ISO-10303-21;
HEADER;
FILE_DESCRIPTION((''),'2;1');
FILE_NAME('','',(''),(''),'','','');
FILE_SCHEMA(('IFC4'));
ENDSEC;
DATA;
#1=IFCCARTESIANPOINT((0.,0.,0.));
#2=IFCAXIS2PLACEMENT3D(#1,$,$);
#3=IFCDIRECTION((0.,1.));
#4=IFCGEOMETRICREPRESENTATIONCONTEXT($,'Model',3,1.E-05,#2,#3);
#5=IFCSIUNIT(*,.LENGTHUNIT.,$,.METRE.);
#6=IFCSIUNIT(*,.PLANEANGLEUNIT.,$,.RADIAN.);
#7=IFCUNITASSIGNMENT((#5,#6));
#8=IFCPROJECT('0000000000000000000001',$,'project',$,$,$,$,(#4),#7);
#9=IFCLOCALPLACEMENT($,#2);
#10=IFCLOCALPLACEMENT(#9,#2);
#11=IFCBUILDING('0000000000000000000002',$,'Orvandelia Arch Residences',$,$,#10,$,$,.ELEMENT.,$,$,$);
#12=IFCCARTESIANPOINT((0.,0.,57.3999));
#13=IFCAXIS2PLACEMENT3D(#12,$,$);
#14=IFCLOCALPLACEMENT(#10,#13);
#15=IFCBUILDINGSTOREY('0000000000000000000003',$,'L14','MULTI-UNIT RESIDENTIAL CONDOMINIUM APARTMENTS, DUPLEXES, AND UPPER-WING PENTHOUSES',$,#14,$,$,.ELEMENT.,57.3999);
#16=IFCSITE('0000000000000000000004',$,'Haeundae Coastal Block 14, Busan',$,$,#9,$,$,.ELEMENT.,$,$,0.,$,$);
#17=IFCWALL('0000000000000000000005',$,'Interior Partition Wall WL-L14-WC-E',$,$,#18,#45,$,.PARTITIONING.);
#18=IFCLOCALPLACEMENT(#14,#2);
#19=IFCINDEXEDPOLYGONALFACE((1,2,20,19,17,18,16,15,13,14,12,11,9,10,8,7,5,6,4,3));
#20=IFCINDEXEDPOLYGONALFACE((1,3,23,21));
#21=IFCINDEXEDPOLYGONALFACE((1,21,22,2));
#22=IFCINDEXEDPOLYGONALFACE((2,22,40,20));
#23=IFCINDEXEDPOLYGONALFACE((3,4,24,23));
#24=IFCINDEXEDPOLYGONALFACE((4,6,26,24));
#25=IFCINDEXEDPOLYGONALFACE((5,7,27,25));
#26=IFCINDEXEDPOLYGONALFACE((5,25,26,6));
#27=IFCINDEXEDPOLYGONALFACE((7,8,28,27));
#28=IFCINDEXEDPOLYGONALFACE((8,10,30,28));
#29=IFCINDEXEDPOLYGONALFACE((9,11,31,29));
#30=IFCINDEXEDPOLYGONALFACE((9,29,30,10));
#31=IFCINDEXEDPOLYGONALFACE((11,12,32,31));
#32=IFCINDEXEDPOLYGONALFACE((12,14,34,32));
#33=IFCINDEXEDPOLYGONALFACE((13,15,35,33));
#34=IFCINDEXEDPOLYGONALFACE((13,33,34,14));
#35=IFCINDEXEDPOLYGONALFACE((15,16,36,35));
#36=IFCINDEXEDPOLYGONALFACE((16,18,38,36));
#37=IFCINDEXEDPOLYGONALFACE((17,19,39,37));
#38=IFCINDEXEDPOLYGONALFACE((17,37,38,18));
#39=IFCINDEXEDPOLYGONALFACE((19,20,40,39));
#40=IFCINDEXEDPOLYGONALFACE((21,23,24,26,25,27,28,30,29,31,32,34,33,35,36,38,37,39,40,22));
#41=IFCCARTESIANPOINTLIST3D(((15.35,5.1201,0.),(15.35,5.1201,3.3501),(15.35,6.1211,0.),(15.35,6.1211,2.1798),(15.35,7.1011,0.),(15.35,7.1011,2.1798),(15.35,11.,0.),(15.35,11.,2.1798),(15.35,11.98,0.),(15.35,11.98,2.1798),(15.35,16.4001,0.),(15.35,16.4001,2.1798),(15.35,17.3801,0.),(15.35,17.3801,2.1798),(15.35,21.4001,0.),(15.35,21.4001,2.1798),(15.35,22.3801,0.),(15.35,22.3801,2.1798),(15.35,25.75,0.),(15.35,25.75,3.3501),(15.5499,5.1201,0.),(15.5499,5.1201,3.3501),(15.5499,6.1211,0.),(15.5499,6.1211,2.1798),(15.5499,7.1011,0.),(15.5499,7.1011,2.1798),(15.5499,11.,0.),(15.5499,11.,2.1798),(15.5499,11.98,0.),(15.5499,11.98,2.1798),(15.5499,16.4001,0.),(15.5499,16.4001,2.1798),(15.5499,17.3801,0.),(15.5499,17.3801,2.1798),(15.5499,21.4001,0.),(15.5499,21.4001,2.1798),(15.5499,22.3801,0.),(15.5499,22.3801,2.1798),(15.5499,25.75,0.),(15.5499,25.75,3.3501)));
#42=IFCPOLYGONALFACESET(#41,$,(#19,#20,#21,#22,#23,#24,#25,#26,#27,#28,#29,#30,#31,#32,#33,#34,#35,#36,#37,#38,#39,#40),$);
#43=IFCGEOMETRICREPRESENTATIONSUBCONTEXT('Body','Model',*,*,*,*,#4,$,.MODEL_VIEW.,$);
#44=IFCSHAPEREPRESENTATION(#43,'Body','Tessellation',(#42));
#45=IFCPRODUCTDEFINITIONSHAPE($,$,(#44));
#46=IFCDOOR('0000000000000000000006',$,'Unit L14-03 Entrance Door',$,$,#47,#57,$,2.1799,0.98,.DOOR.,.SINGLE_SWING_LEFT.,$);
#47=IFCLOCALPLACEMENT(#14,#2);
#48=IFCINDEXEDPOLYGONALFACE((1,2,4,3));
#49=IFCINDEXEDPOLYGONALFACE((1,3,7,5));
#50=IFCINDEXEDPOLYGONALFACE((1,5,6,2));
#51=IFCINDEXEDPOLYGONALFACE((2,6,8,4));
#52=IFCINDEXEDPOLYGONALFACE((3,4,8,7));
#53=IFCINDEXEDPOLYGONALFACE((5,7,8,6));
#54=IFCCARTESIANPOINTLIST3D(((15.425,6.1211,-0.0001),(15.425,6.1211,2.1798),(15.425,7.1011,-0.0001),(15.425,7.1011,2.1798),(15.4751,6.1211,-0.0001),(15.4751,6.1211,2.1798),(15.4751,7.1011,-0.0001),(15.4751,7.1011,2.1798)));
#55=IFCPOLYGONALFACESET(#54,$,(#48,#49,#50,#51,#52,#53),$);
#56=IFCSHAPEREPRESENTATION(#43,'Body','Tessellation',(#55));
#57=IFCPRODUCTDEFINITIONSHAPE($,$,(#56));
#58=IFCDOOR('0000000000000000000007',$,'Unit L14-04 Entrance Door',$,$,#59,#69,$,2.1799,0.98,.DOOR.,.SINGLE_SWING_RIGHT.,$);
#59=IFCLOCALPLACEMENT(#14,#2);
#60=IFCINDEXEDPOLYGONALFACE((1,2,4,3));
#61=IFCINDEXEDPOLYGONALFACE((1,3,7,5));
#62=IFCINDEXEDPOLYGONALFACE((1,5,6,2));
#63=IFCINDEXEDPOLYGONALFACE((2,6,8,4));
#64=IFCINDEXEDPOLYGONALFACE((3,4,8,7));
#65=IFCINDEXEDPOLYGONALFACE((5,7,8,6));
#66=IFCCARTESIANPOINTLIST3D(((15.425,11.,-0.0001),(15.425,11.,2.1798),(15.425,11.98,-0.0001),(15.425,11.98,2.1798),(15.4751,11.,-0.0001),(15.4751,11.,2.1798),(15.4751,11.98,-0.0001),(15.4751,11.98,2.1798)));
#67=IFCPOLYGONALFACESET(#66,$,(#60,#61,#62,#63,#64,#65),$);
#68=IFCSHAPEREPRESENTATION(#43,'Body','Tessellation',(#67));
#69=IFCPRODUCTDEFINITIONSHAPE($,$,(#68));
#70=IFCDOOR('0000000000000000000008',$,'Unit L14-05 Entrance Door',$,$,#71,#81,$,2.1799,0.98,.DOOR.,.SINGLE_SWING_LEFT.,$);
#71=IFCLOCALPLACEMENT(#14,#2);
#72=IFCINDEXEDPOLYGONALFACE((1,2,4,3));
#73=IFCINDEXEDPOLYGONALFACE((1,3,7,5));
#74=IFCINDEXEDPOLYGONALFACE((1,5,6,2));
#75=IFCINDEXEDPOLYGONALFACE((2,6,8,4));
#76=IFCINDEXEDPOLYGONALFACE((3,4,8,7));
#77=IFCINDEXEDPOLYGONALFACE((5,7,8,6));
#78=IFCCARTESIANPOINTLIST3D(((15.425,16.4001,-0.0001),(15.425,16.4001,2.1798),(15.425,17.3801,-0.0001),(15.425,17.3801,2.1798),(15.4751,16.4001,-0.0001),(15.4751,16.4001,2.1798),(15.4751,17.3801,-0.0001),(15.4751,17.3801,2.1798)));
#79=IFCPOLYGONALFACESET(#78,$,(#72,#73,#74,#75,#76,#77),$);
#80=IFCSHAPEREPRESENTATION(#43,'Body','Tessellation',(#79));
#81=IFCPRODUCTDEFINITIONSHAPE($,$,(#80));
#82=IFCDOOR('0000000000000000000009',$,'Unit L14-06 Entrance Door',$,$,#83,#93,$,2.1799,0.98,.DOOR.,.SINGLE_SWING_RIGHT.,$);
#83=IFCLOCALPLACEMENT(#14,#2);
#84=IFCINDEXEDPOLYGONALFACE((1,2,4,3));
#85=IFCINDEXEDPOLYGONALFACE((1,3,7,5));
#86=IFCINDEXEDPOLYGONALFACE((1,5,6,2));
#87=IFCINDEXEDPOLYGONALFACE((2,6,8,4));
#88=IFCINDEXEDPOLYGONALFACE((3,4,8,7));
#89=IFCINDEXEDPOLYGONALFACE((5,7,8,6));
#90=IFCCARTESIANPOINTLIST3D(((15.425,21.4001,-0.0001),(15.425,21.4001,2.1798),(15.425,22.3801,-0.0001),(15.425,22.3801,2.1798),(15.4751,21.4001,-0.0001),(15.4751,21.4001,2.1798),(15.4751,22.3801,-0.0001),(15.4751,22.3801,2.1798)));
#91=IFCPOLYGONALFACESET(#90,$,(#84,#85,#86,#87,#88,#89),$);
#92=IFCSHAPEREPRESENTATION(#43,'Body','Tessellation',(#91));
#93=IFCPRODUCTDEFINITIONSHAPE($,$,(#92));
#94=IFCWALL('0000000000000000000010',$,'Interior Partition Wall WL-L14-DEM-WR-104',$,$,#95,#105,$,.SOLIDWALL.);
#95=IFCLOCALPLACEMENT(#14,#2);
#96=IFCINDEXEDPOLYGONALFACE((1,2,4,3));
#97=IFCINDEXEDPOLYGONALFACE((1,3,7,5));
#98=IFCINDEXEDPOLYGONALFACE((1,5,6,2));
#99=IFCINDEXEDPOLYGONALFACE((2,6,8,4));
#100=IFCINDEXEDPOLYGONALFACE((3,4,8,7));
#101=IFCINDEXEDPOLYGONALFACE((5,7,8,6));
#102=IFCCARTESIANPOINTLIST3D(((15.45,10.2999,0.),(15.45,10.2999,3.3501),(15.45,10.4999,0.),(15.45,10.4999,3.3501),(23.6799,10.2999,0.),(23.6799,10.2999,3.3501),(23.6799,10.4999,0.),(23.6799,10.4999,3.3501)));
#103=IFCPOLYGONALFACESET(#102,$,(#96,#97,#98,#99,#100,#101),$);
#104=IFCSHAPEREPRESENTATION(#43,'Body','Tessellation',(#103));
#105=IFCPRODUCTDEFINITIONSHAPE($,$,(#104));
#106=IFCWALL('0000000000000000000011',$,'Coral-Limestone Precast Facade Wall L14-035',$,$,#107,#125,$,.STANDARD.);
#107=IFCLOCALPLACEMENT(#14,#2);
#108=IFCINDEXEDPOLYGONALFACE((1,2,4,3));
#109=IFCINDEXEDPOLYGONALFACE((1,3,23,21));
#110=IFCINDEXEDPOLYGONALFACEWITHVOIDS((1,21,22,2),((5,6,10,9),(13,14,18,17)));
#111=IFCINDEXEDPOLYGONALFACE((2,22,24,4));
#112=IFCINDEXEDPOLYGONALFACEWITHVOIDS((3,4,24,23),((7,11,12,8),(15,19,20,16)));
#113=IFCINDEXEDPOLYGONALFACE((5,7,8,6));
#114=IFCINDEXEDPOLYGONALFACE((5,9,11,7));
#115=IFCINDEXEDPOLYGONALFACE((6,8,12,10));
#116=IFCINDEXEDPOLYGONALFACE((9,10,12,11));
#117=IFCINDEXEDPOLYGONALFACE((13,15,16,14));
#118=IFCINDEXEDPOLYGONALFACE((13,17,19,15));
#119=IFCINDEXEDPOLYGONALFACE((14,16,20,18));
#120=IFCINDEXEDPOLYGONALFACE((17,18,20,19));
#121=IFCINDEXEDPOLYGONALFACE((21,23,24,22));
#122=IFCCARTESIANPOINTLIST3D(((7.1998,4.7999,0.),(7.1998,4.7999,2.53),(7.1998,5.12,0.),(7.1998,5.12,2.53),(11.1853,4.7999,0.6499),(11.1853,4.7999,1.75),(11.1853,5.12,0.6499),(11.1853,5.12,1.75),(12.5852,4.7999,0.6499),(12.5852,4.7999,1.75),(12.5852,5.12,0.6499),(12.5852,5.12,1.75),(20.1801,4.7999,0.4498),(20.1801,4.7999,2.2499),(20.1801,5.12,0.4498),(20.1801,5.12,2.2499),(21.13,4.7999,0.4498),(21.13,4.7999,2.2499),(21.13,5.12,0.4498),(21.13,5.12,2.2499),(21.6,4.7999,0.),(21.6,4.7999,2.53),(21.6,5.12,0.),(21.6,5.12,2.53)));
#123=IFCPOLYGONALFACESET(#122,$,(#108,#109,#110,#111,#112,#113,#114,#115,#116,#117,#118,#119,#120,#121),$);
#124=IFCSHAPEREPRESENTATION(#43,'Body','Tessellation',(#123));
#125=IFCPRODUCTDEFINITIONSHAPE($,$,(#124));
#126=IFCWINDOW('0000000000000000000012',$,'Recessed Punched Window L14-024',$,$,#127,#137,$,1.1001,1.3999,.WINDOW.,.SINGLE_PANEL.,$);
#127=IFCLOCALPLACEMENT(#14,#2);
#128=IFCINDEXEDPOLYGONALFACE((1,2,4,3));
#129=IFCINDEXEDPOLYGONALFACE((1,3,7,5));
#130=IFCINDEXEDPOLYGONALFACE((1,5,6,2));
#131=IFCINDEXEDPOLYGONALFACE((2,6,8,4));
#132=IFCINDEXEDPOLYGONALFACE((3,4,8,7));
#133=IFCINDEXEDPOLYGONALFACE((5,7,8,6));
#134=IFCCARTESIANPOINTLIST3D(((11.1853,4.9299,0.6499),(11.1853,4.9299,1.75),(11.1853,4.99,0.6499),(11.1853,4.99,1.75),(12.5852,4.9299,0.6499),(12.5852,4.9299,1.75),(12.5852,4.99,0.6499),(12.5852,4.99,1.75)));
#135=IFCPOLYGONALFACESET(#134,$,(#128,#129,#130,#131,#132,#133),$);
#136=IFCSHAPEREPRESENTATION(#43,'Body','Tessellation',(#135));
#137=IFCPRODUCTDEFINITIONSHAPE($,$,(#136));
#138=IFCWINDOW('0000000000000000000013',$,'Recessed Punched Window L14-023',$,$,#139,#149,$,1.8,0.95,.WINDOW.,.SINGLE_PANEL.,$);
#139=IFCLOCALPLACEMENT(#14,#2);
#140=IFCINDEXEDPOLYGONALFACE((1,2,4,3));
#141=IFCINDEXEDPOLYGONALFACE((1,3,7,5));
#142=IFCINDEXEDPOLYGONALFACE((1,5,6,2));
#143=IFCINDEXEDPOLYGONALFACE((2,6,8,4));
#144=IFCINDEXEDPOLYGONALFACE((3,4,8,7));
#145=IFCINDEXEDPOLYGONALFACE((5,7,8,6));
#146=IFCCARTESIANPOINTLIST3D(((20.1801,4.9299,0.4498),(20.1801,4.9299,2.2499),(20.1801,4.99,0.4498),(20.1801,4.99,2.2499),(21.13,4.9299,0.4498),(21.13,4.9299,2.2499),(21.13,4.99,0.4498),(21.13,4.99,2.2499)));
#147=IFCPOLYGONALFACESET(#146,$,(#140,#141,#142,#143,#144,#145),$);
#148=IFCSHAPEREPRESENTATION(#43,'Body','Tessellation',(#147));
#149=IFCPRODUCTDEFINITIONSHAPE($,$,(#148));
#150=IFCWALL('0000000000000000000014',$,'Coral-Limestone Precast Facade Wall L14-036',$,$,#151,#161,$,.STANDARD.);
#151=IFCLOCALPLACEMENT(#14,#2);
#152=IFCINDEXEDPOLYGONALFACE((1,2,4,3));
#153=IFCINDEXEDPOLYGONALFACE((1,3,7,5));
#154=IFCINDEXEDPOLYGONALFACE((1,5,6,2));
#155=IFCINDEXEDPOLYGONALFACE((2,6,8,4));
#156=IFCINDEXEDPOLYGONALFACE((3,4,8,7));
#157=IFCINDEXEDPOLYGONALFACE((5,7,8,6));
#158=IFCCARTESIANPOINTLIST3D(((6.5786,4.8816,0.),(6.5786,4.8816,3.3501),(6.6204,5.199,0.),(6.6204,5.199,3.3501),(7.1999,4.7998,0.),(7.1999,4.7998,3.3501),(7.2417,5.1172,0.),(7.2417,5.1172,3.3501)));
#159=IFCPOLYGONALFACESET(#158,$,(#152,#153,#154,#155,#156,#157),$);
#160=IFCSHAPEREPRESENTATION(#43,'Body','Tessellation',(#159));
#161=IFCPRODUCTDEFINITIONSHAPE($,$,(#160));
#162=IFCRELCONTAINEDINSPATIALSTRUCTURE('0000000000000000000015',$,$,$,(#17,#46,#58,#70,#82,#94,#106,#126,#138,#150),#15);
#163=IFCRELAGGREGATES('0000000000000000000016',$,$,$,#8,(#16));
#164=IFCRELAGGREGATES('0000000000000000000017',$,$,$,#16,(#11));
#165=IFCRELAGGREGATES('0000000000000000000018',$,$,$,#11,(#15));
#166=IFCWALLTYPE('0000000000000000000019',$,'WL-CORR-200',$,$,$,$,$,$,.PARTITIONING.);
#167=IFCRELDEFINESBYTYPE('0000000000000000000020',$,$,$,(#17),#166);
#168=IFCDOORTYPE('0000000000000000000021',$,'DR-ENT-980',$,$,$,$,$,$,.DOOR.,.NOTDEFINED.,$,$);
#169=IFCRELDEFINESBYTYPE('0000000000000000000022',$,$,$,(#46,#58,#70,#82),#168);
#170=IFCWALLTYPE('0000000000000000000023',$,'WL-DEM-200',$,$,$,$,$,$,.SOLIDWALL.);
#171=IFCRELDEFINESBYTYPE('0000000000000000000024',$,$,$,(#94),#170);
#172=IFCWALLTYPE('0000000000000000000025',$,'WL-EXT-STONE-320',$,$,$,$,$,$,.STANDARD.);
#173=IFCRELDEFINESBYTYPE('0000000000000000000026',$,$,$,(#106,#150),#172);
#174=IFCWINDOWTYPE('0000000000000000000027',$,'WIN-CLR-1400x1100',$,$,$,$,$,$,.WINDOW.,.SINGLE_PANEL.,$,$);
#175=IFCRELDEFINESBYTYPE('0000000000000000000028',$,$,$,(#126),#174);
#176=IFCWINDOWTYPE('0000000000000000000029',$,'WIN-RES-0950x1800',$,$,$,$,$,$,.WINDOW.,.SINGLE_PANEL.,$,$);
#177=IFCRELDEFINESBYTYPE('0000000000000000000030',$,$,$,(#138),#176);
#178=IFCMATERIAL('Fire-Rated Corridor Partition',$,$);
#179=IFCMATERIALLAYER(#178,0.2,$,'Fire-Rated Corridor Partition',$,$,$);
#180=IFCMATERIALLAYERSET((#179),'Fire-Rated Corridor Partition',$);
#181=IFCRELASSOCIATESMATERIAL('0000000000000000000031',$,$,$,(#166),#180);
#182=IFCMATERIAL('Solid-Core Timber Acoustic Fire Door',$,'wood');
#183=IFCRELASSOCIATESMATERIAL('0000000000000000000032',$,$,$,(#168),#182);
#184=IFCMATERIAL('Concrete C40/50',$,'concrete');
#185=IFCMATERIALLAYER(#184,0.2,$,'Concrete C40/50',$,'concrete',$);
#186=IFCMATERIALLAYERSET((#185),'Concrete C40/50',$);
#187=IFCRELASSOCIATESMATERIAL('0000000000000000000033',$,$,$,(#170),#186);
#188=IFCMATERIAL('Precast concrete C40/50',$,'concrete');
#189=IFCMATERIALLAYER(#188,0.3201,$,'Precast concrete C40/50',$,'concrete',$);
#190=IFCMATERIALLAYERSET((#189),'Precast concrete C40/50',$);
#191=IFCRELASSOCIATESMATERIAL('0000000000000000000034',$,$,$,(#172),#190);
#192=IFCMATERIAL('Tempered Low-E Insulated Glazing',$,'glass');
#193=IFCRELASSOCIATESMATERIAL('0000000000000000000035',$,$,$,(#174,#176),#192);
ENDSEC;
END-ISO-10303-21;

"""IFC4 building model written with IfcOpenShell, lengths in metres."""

from ifc_helpers import new_model, si_unit, direction, frame, frame_2d, origin, place, context, subcontext, project, spatial, rectangle, extrude, material, layer, layer_set, type_object, element, fill, save


model = new_model("IFC4")

# Units and contexts
model_context = context("Model", 3, precision=1e-05, world=origin(), true_north=direction((0.0, 1.0)))
body_context = subcontext(model_context, "Body", "Model", "MODEL_VIEW")
ifc_project = project(units=[si_unit("LENGTHUNIT", "METRE"), si_unit("PLANEANGLEUNIT", "RADIAN")], contexts=[model_context])

# Site, building, storey
site_placement = place(None, origin())
site = spatial("IfcSite", under=ifc_project, at=site_placement, Name="Haeundae Coastal Block 14, Busan", CompositionType="ELEMENT", RefElevation=0.0)
building_placement = place(site_placement, origin())
building = spatial("IfcBuilding", under=site, at=building_placement, Name="Orvandelia Arch Residences", CompositionType="ELEMENT")
storey_placement = place(building_placement, frame((0.0, 0.0, 57.3999)))
storey = spatial("IfcBuildingStorey", under=building, at=storey_placement, Name="L14", Description="MULTI-UNIT RESIDENTIAL CONDOMINIUM APARTMENTS, DUPLEXES, AND UPPER-WING PENTHOUSES", CompositionType="ELEMENT", Elevation=57.3999)

# Wall, openings, doors
ifc_material_1 = material(Name="Fire-Rated Corridor Partition")
ifc_layer_1 = layer(ifc_material_1, 0.2, Name="Fire-Rated Corridor Partition")
ifc_layer_set_1 = layer_set([ifc_layer_1], Name="Fire-Rated Corridor Partition")
wall_type_1 = type_object("IfcWallType", Name="WL-CORR-200", PredefinedType="PARTITIONING", material=ifc_layer_set_1)
ifc_material_2 = material(Name="Solid-Core Timber Acoustic Fire Door", Category="wood")
door_type_1 = type_object("IfcDoorType", Name="DR-ENT-980", OperationType="NOTDEFINED", PredefinedType="DOOR", material=ifc_material_2)
wall_1_placement = place(storey_placement, frame((15.45, 5.1201, 0.0), z_axis=(0.0, 0.0, 1.0), x_axis=(0.0, 1.0, 0.0)))
wall_1 = element("IfcWall", 1, at=wall_1_placement, inside=storey, type_object=wall_type_1, Name="Interior Partition Wall WL-L14-WC-E", PredefinedType="PARTITIONING", context=body_context, shape_type="SweptSolid", body=[
    extrude(rectangle(XDim=20.6299, YDim=0.2, at=frame_2d((10.3149, 0.0))), origin(), (0.0, 0.0, 1.0), 3.3501),
])
opening_1_placement = place(wall_1_placement, frame((1.001, 0.0, 0.0)))
opening_1 = element("IfcOpeningElement", 2, at=opening_1_placement, cuts=wall_1, PredefinedType="OPENING", context=body_context, shape_type="SweptSolid", body=[
    extrude(rectangle(XDim=0.98, YDim=2.1799, at=frame_2d((0.49, 1.0898))), frame((0.0, 0.1099, 0.0), z_axis=(0.0, -1.0, 0.0), x_axis=(1.0, 0.0, 0.0)), (0.0, 0.0, 1.0), 0.22),
])
opening_2_placement = place(wall_1_placement, frame((5.8799, 0.0, 0.0)))
opening_2 = element("IfcOpeningElement", 3, at=opening_2_placement, cuts=wall_1, PredefinedType="OPENING", context=body_context, shape_type="SweptSolid", body=[
    extrude(rectangle(XDim=0.98, YDim=2.1799, at=frame_2d((0.49, 1.0898))), frame((0.0, 0.1099, 0.0), z_axis=(0.0, -1.0, 0.0), x_axis=(1.0, 0.0, 0.0)), (0.0, 0.0, 1.0), 0.22),
])
opening_3_placement = place(wall_1_placement, frame((11.28, 0.0, 0.0)))
opening_3 = element("IfcOpeningElement", 4, at=opening_3_placement, cuts=wall_1, PredefinedType="OPENING", context=body_context, shape_type="SweptSolid", body=[
    extrude(rectangle(XDim=0.98, YDim=2.1799, at=frame_2d((0.49, 1.0898))), frame((0.0, 0.1099, 0.0), z_axis=(0.0, -1.0, 0.0), x_axis=(1.0, 0.0, 0.0)), (0.0, 0.0, 1.0), 0.22),
])
opening_4_placement = place(wall_1_placement, frame((16.28, 0.0, 0.0)))
opening_4 = element("IfcOpeningElement", 5, at=opening_4_placement, cuts=wall_1, PredefinedType="OPENING", context=body_context, shape_type="SweptSolid", body=[
    extrude(rectangle(XDim=0.98, YDim=2.1799, at=frame_2d((0.49, 1.0898))), frame((0.0, 0.1099, 0.0), z_axis=(0.0, -1.0, 0.0), x_axis=(1.0, 0.0, 0.0)), (0.0, 0.0, 1.0), 0.22),
])
door_1_placement = place(opening_1_placement, origin())
door_1 = element("IfcDoor", 6, at=door_1_placement, inside=storey, type_object=door_type_1, Name="Unit L14-03 Entrance Door", OperationType="SINGLE_SWING_LEFT", OverallHeight=2.1799, OverallWidth=0.98, PredefinedType="DOOR", context=body_context, shape_type="SweptSolid", body=[
    extrude(rectangle(XDim=0.98, YDim=2.1799, at=frame_2d((0.49, 1.0898))), frame((0.0, 0.0249, 0.0), z_axis=(0.0, -1.0, 0.0), x_axis=(1.0, 0.0, 0.0)), (0.0, 0.0, 1.0), 0.05),
])
fill(opening_1, door_1)
door_2_placement = place(opening_2_placement, origin())
door_2 = element("IfcDoor", 7, at=door_2_placement, inside=storey, type_object=door_type_1, Name="Unit L14-04 Entrance Door", OperationType="SINGLE_SWING_RIGHT", OverallHeight=2.1799, OverallWidth=0.98, PredefinedType="DOOR", context=body_context, shape_type="SweptSolid", body=[
    extrude(rectangle(XDim=0.98, YDim=2.1799, at=frame_2d((0.49, 1.0898))), frame((0.0, 0.0249, 0.0), z_axis=(0.0, -1.0, 0.0), x_axis=(1.0, 0.0, 0.0)), (0.0, 0.0, 1.0), 0.05),
])
fill(opening_2, door_2)
door_3_placement = place(opening_3_placement, origin())
door_3 = element("IfcDoor", 8, at=door_3_placement, inside=storey, type_object=door_type_1, Name="Unit L14-05 Entrance Door", OperationType="SINGLE_SWING_LEFT", OverallHeight=2.1799, OverallWidth=0.98, PredefinedType="DOOR", context=body_context, shape_type="SweptSolid", body=[
    extrude(rectangle(XDim=0.98, YDim=2.1799, at=frame_2d((0.49, 1.0898))), frame((0.0, 0.0249, 0.0), z_axis=(0.0, -1.0, 0.0), x_axis=(1.0, 0.0, 0.0)), (0.0, 0.0, 1.0), 0.05),
])
fill(opening_3, door_3)
door_4_placement = place(opening_4_placement, origin())
door_4 = element("IfcDoor", 9, at=door_4_placement, inside=storey, type_object=door_type_1, Name="Unit L14-06 Entrance Door", OperationType="SINGLE_SWING_RIGHT", OverallHeight=2.1799, OverallWidth=0.98, PredefinedType="DOOR", context=body_context, shape_type="SweptSolid", body=[
    extrude(rectangle(XDim=0.98, YDim=2.1799, at=frame_2d((0.49, 1.0898))), frame((0.0, 0.0249, 0.0), z_axis=(0.0, -1.0, 0.0), x_axis=(1.0, 0.0, 0.0)), (0.0, 0.0, 1.0), 0.05),
])
fill(opening_4, door_4)

# Wall
ifc_material_3 = material(Name="Concrete C40/50", Category="concrete")
ifc_layer_2 = layer(ifc_material_3, 0.2, Name="Concrete C40/50", Category="concrete")
ifc_layer_set_2 = layer_set([ifc_layer_2], Name="Concrete C40/50")
wall_type_2 = type_object("IfcWallType", Name="WL-DEM-200", PredefinedType="SOLIDWALL", material=ifc_layer_set_2)
wall_2_placement = place(storey_placement, frame((15.45, 10.3999, 0.0), z_axis=(0.0, 0.0, 1.0), x_axis=(1.0, 0.0, 0.0)))
element("IfcWall", 10, at=wall_2_placement, inside=storey, type_object=wall_type_2, Name="Interior Partition Wall WL-L14-DEM-WR-104", PredefinedType="SOLIDWALL", context=body_context, shape_type="SweptSolid", body=[
    extrude(rectangle(XDim=8.23, YDim=0.2, at=frame_2d((4.115, 0.0))), origin(), (0.0, 0.0, 1.0), 3.3501),
])

# Wall, openings, windows
ifc_material_4 = material(Name="Precast concrete C40/50", Category="concrete")
ifc_layer_3 = layer(ifc_material_4, 0.3201, Name="Precast concrete C40/50", Category="concrete")
ifc_layer_set_3 = layer_set([ifc_layer_3], Name="Precast concrete C40/50")
wall_type_3 = type_object("IfcWallType", Name="WL-EXT-STONE-320", PredefinedType="STANDARD", material=ifc_layer_set_3)
wall_3_placement = place(storey_placement, frame((21.6001, 4.96, 0.0), z_axis=(0.0, 0.0, 1.0), x_axis=(-1.0, 0.0, 0.0)))
wall_3 = element("IfcWall", 11, at=wall_3_placement, inside=storey, type_object=wall_type_3, Name="Coral-Limestone Precast Facade Wall L14-035", PredefinedType="STANDARD", context=body_context, shape_type="SweptSolid", body=[
    extrude(rectangle(XDim=14.4001, YDim=0.3201, at=frame_2d((7.2002, 0.0))), origin(), (0.0, 0.0, 1.0), 2.53),
])
opening_5_placement = place(wall_3_placement, frame((0.47, 0.0, 0.45)))
opening_5 = element("IfcOpeningElement", 12, at=opening_5_placement, cuts=wall_3, PredefinedType="OPENING", context=body_context, shape_type="SweptSolid", body=[
    extrude(rectangle(XDim=0.95, YDim=1.8, at=frame_2d((0.4751, 0.8999))), frame((0.0, 0.1699, 0.0), z_axis=(0.0, -1.0, 0.0), x_axis=(1.0, 0.0, 0.0)), (0.0, 0.0, 1.0), 0.3401),
])
opening_6_placement = place(wall_3_placement, frame((9.0149, 0.0, 0.6499)))
opening_6 = element("IfcOpeningElement", 13, at=opening_6_placement, cuts=wall_3, PredefinedType="OPENING", context=body_context, shape_type="SweptSolid", body=[
    extrude(rectangle(XDim=1.3999, YDim=1.1001, at=frame_2d((0.7, 0.55))), frame((0.0, 0.1699, 0.0), z_axis=(0.0, -1.0, 0.0), x_axis=(1.0, 0.0, 0.0)), (0.0, 0.0, 1.0), 0.3401),
])
ifc_material_5 = material(Name="Tempered Low-E Insulated Glazing", Category="glass")
window_type_1 = type_object("IfcWindowType", Name="WIN-CLR-1400x1100", PartitioningType="SINGLE_PANEL", PredefinedType="WINDOW", material=ifc_material_5)
window_1_placement = place(opening_6_placement, origin())
window_1 = element("IfcWindow", 14, at=window_1_placement, inside=storey, type_object=window_type_1, Name="Recessed Punched Window L14-024", OverallHeight=1.1001, OverallWidth=1.3999, PartitioningType="SINGLE_PANEL", PredefinedType="WINDOW", context=body_context, shape_type="SweptSolid", body=[
    extrude(rectangle(XDim=1.3999, YDim=1.1001, at=frame_2d((0.7, 0.55))), frame((0.0, 0.03, 0.0), z_axis=(0.0, -1.0, 0.0), x_axis=(1.0, 0.0, 0.0)), (0.0, 0.0, 1.0), 0.0601),
])
fill(opening_6, window_1)
window_type_2 = type_object("IfcWindowType", Name="WIN-RES-0950x1800", PartitioningType="SINGLE_PANEL", PredefinedType="WINDOW", material=ifc_material_5)
window_2_placement = place(opening_5_placement, origin())
window_2 = element("IfcWindow", 15, at=window_2_placement, inside=storey, type_object=window_type_2, Name="Recessed Punched Window L14-023", OverallHeight=1.8, OverallWidth=0.95, PartitioningType="SINGLE_PANEL", PredefinedType="WINDOW", context=body_context, shape_type="SweptSolid", body=[
    extrude(rectangle(XDim=0.95, YDim=1.8, at=frame_2d((0.4751, 0.8999))), frame((0.0, 0.03, 0.0), z_axis=(0.0, -1.0, 0.0), x_axis=(1.0, 0.0, 0.0)), (0.0, 0.0, 1.0), 0.0601),
])
fill(opening_5, window_2)

# Wall
wall_4_placement = place(storey_placement, frame((7.2209, 4.9585, 0.0), z_axis=(0.0, 0.0, 1.0), x_axis=(-0.991448, 0.130505, 0.0)))
element("IfcWall", 16, at=wall_4_placement, inside=storey, type_object=wall_type_3, Name="Coral-Limestone Precast Facade Wall L14-036", PredefinedType="STANDARD", context=body_context, shape_type="SweptSolid", body=[
    extrude(rectangle(XDim=0.6267, YDim=0.3201, at=frame_2d((0.3135, 0.0))), origin(), (0.0, 0.0, 1.0), 3.3501),
])

save(model, "model.ifc")
